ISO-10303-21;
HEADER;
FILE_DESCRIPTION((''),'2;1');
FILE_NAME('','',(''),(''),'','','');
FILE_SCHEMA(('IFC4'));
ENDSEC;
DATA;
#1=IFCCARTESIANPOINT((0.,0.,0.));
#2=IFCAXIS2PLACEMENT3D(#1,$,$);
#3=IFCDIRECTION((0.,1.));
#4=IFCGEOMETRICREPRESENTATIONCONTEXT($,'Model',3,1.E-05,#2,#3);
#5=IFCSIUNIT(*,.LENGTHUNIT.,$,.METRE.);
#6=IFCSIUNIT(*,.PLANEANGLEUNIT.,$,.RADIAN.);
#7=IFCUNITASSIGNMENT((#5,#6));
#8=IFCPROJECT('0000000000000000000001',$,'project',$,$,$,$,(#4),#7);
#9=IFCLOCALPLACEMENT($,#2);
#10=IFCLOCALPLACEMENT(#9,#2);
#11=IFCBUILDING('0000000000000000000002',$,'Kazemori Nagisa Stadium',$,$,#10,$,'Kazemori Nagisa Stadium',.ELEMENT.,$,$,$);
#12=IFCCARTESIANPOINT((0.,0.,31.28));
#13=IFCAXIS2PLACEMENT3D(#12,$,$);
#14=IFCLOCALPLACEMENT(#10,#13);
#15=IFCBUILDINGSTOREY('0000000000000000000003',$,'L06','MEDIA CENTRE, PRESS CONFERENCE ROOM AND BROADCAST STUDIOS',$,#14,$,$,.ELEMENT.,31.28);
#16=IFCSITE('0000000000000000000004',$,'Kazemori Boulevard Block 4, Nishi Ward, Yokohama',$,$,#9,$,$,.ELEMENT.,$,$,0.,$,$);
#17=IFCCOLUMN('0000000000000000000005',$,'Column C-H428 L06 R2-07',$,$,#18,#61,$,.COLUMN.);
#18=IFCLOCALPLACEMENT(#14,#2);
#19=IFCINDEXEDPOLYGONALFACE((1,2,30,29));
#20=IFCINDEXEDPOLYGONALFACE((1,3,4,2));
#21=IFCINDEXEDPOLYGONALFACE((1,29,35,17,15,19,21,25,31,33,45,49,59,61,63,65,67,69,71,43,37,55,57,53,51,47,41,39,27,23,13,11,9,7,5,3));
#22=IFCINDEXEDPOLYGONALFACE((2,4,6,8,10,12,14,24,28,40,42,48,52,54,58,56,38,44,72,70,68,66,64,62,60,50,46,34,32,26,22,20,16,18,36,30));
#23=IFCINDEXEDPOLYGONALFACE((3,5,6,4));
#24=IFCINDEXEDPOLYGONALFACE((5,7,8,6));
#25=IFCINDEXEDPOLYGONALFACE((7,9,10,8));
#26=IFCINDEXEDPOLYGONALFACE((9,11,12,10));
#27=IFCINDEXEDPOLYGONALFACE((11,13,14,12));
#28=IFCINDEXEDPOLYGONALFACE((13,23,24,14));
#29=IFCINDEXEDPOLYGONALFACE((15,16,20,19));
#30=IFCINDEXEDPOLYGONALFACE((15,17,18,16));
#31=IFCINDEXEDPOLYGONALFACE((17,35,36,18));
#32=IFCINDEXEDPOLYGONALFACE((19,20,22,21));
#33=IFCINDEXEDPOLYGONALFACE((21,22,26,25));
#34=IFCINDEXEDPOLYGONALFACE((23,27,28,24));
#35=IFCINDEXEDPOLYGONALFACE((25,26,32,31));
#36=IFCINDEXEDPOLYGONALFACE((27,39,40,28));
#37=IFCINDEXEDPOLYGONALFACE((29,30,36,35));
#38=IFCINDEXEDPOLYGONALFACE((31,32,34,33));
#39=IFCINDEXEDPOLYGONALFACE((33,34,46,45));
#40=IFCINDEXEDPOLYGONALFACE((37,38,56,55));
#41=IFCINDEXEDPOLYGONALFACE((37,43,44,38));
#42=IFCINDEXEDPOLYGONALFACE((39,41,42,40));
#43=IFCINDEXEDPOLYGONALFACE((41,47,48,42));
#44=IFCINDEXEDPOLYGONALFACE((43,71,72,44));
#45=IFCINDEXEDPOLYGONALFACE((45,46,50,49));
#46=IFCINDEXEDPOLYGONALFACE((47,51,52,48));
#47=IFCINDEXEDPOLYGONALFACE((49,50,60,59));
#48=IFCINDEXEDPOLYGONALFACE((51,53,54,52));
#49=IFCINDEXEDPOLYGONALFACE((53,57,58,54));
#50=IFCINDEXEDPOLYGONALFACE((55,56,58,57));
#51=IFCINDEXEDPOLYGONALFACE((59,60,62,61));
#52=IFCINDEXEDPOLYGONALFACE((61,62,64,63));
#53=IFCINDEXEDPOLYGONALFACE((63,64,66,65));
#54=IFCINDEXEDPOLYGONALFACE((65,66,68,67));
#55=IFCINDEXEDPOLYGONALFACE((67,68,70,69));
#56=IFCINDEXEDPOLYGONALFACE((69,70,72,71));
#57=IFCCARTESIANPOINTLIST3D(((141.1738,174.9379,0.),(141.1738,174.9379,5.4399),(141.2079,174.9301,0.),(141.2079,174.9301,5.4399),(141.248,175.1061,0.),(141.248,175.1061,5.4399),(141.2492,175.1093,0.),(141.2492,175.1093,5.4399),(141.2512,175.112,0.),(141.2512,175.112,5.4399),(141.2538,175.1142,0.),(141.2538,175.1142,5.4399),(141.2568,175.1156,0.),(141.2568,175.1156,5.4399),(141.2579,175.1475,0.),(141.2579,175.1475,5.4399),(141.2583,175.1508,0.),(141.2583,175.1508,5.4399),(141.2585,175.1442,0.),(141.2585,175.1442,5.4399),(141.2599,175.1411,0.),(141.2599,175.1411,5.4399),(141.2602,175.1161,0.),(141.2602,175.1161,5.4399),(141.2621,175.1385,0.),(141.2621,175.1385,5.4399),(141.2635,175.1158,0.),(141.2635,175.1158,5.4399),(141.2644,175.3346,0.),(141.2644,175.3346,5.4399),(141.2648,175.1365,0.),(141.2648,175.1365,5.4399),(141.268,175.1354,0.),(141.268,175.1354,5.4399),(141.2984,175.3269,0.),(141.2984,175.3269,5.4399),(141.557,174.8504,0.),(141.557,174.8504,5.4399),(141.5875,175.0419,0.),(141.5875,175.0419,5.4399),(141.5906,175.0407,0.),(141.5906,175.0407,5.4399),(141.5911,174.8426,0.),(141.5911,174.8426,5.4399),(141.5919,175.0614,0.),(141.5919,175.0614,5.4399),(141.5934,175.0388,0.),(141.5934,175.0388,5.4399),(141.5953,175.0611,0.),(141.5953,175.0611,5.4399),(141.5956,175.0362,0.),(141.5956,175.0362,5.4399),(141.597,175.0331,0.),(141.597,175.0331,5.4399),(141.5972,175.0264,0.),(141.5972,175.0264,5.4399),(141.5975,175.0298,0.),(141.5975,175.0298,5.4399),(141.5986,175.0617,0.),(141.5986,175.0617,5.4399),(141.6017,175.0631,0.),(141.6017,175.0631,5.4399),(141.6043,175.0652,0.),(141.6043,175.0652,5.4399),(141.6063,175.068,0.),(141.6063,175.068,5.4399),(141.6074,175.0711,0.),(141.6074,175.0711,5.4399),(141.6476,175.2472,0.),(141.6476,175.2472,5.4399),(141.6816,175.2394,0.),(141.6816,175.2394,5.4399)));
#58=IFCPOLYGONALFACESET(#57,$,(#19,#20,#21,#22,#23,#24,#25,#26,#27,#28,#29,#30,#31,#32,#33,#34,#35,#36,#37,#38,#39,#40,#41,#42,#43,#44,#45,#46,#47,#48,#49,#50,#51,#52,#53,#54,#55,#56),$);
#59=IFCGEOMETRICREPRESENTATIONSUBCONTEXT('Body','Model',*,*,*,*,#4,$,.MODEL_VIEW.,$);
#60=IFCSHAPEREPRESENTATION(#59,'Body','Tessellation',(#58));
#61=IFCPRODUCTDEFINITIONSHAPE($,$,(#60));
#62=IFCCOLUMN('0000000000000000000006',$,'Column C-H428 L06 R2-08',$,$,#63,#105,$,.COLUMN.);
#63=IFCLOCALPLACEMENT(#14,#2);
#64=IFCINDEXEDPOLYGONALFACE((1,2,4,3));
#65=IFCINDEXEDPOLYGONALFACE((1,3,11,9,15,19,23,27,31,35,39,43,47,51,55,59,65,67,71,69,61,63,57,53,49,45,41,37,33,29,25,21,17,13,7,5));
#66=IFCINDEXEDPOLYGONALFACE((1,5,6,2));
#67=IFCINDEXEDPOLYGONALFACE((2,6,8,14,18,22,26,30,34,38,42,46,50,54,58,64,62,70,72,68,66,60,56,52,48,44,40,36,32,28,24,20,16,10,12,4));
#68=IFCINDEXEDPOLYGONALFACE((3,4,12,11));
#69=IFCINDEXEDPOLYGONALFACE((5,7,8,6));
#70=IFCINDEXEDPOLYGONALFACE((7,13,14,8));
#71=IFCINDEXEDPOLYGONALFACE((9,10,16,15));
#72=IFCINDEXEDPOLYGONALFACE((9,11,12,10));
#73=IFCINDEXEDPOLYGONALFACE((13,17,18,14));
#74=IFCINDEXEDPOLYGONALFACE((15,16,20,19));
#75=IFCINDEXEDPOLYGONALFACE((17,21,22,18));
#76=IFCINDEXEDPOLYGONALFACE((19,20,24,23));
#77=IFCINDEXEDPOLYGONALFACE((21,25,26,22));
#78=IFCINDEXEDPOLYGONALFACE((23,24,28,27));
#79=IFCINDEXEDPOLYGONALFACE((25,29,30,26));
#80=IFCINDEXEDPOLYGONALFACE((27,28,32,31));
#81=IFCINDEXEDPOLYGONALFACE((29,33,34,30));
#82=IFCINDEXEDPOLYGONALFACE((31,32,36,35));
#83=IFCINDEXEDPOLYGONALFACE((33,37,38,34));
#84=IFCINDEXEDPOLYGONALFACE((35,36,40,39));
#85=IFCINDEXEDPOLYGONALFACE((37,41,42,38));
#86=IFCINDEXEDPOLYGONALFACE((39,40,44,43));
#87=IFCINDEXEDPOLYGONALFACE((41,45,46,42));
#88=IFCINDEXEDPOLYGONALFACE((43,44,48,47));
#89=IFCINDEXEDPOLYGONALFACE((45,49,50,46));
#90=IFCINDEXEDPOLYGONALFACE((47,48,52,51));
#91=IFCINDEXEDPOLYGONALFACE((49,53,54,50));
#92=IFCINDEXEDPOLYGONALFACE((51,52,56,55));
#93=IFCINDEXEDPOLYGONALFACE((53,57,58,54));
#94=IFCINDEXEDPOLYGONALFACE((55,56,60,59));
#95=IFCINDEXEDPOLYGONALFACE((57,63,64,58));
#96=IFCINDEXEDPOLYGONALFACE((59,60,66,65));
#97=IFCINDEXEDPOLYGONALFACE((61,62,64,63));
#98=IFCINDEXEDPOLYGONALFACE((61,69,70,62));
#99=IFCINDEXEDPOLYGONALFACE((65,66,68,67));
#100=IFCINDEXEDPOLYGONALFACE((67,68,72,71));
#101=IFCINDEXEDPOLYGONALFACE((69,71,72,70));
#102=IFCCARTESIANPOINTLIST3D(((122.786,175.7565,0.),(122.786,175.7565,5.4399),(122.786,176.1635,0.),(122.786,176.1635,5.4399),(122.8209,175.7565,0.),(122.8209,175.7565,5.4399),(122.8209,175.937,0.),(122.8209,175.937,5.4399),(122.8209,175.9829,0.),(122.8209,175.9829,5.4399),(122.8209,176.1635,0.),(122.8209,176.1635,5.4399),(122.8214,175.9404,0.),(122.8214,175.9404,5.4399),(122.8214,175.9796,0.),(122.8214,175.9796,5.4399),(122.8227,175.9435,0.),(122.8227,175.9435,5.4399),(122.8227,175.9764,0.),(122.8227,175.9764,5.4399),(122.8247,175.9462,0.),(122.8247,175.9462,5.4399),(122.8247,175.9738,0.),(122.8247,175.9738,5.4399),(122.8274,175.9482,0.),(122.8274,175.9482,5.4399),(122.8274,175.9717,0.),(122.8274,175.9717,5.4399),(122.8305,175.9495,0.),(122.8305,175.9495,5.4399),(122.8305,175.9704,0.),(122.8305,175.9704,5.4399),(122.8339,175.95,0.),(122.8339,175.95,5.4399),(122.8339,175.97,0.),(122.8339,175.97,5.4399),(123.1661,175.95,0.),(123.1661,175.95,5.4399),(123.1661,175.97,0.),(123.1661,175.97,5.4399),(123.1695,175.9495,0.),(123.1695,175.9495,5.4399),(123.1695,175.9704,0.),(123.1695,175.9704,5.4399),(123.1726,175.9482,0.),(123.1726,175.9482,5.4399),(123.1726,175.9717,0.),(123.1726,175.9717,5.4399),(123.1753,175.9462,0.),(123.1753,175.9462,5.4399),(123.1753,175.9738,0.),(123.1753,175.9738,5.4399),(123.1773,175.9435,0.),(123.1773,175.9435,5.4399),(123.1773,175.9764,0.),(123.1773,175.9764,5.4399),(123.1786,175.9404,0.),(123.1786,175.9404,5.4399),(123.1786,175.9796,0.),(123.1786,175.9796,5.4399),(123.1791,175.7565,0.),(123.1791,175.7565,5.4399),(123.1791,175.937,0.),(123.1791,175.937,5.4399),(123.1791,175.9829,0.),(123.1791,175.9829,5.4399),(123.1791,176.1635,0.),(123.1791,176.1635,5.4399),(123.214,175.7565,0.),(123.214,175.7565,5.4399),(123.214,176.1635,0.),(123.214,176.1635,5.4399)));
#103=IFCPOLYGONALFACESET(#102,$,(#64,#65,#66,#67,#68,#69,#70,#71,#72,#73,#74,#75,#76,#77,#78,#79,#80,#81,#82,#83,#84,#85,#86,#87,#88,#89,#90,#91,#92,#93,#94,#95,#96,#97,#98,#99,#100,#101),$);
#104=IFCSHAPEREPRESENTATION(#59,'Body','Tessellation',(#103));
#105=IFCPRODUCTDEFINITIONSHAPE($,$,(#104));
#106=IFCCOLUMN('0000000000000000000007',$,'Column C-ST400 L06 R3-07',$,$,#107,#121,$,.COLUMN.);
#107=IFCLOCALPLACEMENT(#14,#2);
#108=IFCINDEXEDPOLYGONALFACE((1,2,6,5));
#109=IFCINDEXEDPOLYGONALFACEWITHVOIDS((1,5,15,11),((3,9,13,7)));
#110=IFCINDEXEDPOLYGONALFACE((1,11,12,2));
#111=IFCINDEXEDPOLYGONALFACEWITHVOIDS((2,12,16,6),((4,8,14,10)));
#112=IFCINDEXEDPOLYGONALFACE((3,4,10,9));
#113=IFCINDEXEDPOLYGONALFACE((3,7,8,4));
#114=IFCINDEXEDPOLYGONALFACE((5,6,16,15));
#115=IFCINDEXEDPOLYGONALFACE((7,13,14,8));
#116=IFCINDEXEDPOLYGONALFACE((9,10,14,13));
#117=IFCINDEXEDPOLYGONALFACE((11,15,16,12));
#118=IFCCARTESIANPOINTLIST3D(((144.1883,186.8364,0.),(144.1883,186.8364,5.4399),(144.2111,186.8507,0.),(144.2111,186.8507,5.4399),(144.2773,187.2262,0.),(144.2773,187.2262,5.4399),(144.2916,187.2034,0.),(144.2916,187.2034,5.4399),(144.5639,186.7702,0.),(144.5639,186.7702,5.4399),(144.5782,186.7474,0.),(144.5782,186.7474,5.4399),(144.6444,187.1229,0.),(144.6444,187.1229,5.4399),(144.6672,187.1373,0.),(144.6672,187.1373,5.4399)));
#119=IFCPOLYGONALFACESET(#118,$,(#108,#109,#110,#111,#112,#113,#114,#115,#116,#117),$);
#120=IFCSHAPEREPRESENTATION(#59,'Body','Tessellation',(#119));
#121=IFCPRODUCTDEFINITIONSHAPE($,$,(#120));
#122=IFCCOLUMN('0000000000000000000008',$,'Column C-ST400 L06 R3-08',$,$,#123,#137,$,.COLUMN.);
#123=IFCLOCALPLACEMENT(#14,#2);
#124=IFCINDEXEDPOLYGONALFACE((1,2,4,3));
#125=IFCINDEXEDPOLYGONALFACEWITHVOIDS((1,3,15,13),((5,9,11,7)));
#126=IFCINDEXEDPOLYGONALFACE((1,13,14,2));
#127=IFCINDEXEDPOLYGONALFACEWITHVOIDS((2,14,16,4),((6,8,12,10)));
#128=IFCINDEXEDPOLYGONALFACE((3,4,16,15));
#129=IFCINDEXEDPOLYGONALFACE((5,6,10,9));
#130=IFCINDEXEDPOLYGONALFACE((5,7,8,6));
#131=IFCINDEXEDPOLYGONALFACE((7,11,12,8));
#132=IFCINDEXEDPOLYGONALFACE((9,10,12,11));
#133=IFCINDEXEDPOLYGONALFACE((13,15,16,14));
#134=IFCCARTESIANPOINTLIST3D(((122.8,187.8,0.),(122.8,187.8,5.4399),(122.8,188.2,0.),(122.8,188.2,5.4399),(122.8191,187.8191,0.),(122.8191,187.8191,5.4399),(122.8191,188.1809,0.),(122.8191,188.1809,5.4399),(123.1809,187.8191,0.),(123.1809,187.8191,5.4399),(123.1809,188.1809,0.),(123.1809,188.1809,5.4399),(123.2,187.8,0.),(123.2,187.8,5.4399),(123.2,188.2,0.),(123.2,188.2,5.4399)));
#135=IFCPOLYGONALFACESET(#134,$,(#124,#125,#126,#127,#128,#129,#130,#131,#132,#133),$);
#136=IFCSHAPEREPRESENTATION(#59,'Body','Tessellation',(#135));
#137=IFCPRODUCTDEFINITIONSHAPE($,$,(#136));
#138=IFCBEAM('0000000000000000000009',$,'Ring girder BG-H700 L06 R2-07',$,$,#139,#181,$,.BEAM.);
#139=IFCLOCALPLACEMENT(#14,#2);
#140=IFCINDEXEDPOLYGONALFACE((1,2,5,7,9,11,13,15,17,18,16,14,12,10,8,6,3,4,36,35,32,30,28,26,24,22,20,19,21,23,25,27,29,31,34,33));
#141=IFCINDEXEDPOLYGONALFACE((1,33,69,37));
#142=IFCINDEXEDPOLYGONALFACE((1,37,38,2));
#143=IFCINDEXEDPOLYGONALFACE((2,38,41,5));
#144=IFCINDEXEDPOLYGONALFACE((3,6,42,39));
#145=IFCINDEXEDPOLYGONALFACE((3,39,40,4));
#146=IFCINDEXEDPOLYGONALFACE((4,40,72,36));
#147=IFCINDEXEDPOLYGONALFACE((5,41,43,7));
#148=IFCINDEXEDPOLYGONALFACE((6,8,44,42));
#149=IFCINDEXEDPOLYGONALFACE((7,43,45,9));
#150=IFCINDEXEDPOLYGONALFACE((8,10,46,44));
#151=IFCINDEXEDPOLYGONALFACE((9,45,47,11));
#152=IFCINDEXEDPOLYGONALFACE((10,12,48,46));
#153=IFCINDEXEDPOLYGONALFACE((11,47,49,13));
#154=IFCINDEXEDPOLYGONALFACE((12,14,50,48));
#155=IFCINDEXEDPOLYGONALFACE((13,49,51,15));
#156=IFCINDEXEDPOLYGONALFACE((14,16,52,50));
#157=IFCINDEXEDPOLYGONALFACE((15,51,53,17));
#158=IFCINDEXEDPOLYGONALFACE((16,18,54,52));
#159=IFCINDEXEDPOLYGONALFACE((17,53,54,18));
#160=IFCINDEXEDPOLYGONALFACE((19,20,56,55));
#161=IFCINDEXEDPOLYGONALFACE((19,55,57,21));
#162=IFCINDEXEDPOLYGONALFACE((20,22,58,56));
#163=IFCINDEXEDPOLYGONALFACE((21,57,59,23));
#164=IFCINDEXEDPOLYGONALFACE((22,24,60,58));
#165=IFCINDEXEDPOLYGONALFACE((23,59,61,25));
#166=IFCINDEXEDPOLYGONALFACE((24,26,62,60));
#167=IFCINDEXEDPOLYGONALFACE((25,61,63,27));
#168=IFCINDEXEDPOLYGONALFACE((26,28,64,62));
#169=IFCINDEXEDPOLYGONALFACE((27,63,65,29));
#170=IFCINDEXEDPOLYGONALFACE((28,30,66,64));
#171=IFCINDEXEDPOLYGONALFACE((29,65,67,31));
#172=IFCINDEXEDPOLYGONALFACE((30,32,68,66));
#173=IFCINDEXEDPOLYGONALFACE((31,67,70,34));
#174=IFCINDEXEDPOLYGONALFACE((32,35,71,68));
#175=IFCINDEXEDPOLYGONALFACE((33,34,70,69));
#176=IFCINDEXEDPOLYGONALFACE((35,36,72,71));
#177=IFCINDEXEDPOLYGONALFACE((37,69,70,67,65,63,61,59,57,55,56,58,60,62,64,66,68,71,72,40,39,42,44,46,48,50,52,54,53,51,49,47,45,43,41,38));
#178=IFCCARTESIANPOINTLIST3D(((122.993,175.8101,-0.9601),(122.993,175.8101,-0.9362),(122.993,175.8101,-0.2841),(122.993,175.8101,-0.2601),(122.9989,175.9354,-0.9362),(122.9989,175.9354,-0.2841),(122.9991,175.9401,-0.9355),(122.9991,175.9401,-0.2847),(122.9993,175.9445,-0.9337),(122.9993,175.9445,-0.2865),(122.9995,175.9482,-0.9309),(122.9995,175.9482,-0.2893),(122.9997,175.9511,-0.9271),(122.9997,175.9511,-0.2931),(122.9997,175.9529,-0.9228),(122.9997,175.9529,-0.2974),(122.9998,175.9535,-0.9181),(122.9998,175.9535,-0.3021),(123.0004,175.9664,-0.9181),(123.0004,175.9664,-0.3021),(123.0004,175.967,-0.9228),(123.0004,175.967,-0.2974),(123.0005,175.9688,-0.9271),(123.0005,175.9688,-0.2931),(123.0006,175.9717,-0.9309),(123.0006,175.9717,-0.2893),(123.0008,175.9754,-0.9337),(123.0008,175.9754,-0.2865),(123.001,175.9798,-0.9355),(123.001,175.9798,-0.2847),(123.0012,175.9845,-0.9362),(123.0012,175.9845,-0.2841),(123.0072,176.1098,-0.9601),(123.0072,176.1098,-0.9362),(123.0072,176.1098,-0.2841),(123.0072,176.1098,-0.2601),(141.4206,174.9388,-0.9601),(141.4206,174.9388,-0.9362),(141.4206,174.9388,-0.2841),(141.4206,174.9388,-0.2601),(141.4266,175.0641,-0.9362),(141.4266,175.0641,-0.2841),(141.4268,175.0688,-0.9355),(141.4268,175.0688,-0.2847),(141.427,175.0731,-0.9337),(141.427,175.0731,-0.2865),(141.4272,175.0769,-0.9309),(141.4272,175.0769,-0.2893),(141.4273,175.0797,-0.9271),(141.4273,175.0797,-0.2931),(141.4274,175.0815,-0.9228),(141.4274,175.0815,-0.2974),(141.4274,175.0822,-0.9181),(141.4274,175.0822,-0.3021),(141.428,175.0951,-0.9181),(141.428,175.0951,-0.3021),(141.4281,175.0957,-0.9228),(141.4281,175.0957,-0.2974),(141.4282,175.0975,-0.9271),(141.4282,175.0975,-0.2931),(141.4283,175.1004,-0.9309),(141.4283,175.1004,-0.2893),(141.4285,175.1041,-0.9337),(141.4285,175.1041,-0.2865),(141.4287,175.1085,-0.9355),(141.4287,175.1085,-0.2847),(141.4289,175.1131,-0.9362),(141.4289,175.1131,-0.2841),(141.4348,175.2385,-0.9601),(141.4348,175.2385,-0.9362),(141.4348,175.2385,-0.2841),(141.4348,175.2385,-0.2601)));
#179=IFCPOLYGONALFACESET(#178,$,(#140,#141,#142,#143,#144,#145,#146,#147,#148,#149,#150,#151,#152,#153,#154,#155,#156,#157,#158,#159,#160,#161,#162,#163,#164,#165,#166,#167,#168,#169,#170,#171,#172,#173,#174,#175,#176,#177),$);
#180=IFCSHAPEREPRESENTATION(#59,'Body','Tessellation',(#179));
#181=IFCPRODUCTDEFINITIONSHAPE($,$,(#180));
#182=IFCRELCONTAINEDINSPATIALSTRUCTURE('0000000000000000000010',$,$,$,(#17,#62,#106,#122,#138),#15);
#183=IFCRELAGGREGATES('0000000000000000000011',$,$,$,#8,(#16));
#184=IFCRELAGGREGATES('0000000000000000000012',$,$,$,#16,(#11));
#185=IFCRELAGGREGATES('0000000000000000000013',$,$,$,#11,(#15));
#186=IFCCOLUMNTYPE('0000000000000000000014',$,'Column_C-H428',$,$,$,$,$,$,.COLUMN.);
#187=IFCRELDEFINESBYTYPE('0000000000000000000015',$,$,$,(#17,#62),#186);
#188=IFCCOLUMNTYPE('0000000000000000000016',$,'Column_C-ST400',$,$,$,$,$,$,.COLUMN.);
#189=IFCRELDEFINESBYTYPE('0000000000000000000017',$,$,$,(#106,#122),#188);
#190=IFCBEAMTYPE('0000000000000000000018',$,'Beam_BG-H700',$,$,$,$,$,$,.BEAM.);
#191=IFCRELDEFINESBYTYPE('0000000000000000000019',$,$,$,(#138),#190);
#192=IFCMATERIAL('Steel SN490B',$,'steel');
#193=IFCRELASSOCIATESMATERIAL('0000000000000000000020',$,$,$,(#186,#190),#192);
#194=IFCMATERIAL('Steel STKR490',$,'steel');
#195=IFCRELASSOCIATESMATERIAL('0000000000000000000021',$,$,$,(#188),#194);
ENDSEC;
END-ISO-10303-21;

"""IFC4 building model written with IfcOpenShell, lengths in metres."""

from ifc_helpers import new_model, si_unit, direction, frame, origin, origin_2d, place, context, subcontext, project, spatial, hollow_rectangle, i_section, extrude, material, material_profile, profile_set, type_object, element, save


model = new_model("IFC4")

# Units and contexts
model_context = context("Model", 3, precision=1e-05, world=origin(), true_north=direction((0.0, 1.0)))
body_context = subcontext(model_context, "Body", "Model", "MODEL_VIEW")
ifc_project = project(units=[si_unit("LENGTHUNIT", "METRE"), si_unit("PLANEANGLEUNIT", "RADIAN")], contexts=[model_context])

# Site, building, storey
site_placement = place(None, origin())
site = spatial("IfcSite", under=ifc_project, at=site_placement, Name="Kazemori Boulevard Block 4, Nishi Ward, Yokohama", CompositionType="ELEMENT", RefElevation=0.0)
building_placement = place(site_placement, origin())
building = spatial("IfcBuilding", under=site, at=building_placement, Name="Kazemori Nagisa Stadium", LongName="Kazemori Nagisa Stadium", CompositionType="ELEMENT")
storey_placement = place(building_placement, frame((0.0, 0.0, 31.28)))
storey = spatial("IfcBuildingStorey", under=building, at=storey_placement, Name="L06", Description="MEDIA CENTRE, PRESS CONFERENCE ROOM AND BROADCAST STUDIOS", CompositionType="ELEMENT", Elevation=31.28)

# Columns
ifc_material_1 = material(Name="Steel SN490B", Category="steel")
ifc_material_profile_1 = material_profile(ifc_material_1, i_section(OverallWidth=0.407, OverallDepth=0.428, WebThickness=0.02, FlangeThickness=0.0349, FilletRadius=0.0129, at=origin_2d()), Name="H-428x407x20x35")
ifc_profile_set_1 = profile_set([ifc_material_profile_1], Name="Steel SN490B")
column_type_1 = type_object("IfcColumnType", Name="Column_C-H428", PredefinedType="COLUMN", material=ifc_profile_set_1)
for number, where, z_axis, x_axis, name in (
    (1, (141.4277, 175.0886, 0.0), (0.0, 0.0, 1.0), (0.222521, 0.974928, 0.0), "Column C-H428 L06 R2-07"),
    (2, (123.0, 175.96, 0.0), (0.0, 0.0, 1.0), (0.0, 1.0, 0.0), "Column C-H428 L06 R2-08"),
):
    element("IfcColumn", number, at=place(storey_placement, frame(where, z_axis=z_axis, x_axis=x_axis)), inside=storey, type_object=column_type_1, Name=name, PredefinedType="COLUMN", context=body_context, shape_type="SweptSolid", body=[
        extrude(i_section(OverallWidth=0.407, OverallDepth=0.428, WebThickness=0.02, FlangeThickness=0.0349, FilletRadius=0.0129, at=origin_2d()), origin(), (0.0, 0.0, 1.0), 5.4399),
    ])
ifc_material_2 = material(Name="Steel STKR490", Category="steel")
ifc_material_profile_2 = material_profile(ifc_material_2, hollow_rectangle(XDim=0.3999, YDim=0.3999, WallThickness=0.019, at=origin_2d()), Name="SHS-400x400x19")
ifc_profile_set_2 = profile_set([ifc_material_profile_2], Name="Steel STKR490")
column_type_2 = type_object("IfcColumnType", Name="Column_C-ST400", PredefinedType="COLUMN", material=ifc_profile_set_2)
for number, where, z_axis, x_axis, name in (
    (3, (144.4277, 186.9868, 0.0), (0.0, 0.0, 1.0), (0.222521, 0.974928, 0.0), "Column C-ST400 L06 R3-07"),
    (4, (123.0, 188.0, 0.0), (0.0, 0.0, 1.0), (0.0, 1.0, 0.0), "Column C-ST400 L06 R3-08"),
):
    element("IfcColumn", number, at=place(storey_placement, frame(where, z_axis=z_axis, x_axis=x_axis)), inside=storey, type_object=column_type_2, Name=name, PredefinedType="COLUMN", context=body_context, shape_type="SweptSolid", body=[
        extrude(hollow_rectangle(XDim=0.3999, YDim=0.3999, WallThickness=0.019, at=origin_2d()), origin(), (0.0, 0.0, 1.0), 5.4399),
    ])

# Beam
ifc_material_profile_3 = material_profile(ifc_material_1, i_section(OverallWidth=0.3, OverallDepth=0.7, WebThickness=0.0129, FlangeThickness=0.0239, FilletRadius=0.0181, at=origin_2d()), Name="H-700x300x13x24")
ifc_profile_set_3 = profile_set([ifc_material_profile_3], Name="Steel SN490B")
beam_type_1 = type_object("IfcBeamType", Name="Beam_BG-H700", PredefinedType="BEAM", material=ifc_profile_set_3)
for number, where, z_axis, x_axis, name in (
    (5, (141.4277, 175.0886, -0.6101), (-0.998884, 0.047231, 0.0), (-0.047231, -0.998884, 0.0), "Ring girder BG-H700 L06 R2-07"),
):
    element("IfcBeam", number, at=place(storey_placement, frame(where, z_axis=z_axis, x_axis=x_axis)), inside=storey, type_object=beam_type_1, Name=name, PredefinedType="BEAM", context=body_context, shape_type="SweptSolid", body=[
        extrude(i_section(OverallWidth=0.3, OverallDepth=0.7, WebThickness=0.0129, FlangeThickness=0.0239, FilletRadius=0.0181, at=origin_2d()), origin(), (0.0, 0.0, 1.0), 18.4482),
    ])

save(model, "model.ifc")
